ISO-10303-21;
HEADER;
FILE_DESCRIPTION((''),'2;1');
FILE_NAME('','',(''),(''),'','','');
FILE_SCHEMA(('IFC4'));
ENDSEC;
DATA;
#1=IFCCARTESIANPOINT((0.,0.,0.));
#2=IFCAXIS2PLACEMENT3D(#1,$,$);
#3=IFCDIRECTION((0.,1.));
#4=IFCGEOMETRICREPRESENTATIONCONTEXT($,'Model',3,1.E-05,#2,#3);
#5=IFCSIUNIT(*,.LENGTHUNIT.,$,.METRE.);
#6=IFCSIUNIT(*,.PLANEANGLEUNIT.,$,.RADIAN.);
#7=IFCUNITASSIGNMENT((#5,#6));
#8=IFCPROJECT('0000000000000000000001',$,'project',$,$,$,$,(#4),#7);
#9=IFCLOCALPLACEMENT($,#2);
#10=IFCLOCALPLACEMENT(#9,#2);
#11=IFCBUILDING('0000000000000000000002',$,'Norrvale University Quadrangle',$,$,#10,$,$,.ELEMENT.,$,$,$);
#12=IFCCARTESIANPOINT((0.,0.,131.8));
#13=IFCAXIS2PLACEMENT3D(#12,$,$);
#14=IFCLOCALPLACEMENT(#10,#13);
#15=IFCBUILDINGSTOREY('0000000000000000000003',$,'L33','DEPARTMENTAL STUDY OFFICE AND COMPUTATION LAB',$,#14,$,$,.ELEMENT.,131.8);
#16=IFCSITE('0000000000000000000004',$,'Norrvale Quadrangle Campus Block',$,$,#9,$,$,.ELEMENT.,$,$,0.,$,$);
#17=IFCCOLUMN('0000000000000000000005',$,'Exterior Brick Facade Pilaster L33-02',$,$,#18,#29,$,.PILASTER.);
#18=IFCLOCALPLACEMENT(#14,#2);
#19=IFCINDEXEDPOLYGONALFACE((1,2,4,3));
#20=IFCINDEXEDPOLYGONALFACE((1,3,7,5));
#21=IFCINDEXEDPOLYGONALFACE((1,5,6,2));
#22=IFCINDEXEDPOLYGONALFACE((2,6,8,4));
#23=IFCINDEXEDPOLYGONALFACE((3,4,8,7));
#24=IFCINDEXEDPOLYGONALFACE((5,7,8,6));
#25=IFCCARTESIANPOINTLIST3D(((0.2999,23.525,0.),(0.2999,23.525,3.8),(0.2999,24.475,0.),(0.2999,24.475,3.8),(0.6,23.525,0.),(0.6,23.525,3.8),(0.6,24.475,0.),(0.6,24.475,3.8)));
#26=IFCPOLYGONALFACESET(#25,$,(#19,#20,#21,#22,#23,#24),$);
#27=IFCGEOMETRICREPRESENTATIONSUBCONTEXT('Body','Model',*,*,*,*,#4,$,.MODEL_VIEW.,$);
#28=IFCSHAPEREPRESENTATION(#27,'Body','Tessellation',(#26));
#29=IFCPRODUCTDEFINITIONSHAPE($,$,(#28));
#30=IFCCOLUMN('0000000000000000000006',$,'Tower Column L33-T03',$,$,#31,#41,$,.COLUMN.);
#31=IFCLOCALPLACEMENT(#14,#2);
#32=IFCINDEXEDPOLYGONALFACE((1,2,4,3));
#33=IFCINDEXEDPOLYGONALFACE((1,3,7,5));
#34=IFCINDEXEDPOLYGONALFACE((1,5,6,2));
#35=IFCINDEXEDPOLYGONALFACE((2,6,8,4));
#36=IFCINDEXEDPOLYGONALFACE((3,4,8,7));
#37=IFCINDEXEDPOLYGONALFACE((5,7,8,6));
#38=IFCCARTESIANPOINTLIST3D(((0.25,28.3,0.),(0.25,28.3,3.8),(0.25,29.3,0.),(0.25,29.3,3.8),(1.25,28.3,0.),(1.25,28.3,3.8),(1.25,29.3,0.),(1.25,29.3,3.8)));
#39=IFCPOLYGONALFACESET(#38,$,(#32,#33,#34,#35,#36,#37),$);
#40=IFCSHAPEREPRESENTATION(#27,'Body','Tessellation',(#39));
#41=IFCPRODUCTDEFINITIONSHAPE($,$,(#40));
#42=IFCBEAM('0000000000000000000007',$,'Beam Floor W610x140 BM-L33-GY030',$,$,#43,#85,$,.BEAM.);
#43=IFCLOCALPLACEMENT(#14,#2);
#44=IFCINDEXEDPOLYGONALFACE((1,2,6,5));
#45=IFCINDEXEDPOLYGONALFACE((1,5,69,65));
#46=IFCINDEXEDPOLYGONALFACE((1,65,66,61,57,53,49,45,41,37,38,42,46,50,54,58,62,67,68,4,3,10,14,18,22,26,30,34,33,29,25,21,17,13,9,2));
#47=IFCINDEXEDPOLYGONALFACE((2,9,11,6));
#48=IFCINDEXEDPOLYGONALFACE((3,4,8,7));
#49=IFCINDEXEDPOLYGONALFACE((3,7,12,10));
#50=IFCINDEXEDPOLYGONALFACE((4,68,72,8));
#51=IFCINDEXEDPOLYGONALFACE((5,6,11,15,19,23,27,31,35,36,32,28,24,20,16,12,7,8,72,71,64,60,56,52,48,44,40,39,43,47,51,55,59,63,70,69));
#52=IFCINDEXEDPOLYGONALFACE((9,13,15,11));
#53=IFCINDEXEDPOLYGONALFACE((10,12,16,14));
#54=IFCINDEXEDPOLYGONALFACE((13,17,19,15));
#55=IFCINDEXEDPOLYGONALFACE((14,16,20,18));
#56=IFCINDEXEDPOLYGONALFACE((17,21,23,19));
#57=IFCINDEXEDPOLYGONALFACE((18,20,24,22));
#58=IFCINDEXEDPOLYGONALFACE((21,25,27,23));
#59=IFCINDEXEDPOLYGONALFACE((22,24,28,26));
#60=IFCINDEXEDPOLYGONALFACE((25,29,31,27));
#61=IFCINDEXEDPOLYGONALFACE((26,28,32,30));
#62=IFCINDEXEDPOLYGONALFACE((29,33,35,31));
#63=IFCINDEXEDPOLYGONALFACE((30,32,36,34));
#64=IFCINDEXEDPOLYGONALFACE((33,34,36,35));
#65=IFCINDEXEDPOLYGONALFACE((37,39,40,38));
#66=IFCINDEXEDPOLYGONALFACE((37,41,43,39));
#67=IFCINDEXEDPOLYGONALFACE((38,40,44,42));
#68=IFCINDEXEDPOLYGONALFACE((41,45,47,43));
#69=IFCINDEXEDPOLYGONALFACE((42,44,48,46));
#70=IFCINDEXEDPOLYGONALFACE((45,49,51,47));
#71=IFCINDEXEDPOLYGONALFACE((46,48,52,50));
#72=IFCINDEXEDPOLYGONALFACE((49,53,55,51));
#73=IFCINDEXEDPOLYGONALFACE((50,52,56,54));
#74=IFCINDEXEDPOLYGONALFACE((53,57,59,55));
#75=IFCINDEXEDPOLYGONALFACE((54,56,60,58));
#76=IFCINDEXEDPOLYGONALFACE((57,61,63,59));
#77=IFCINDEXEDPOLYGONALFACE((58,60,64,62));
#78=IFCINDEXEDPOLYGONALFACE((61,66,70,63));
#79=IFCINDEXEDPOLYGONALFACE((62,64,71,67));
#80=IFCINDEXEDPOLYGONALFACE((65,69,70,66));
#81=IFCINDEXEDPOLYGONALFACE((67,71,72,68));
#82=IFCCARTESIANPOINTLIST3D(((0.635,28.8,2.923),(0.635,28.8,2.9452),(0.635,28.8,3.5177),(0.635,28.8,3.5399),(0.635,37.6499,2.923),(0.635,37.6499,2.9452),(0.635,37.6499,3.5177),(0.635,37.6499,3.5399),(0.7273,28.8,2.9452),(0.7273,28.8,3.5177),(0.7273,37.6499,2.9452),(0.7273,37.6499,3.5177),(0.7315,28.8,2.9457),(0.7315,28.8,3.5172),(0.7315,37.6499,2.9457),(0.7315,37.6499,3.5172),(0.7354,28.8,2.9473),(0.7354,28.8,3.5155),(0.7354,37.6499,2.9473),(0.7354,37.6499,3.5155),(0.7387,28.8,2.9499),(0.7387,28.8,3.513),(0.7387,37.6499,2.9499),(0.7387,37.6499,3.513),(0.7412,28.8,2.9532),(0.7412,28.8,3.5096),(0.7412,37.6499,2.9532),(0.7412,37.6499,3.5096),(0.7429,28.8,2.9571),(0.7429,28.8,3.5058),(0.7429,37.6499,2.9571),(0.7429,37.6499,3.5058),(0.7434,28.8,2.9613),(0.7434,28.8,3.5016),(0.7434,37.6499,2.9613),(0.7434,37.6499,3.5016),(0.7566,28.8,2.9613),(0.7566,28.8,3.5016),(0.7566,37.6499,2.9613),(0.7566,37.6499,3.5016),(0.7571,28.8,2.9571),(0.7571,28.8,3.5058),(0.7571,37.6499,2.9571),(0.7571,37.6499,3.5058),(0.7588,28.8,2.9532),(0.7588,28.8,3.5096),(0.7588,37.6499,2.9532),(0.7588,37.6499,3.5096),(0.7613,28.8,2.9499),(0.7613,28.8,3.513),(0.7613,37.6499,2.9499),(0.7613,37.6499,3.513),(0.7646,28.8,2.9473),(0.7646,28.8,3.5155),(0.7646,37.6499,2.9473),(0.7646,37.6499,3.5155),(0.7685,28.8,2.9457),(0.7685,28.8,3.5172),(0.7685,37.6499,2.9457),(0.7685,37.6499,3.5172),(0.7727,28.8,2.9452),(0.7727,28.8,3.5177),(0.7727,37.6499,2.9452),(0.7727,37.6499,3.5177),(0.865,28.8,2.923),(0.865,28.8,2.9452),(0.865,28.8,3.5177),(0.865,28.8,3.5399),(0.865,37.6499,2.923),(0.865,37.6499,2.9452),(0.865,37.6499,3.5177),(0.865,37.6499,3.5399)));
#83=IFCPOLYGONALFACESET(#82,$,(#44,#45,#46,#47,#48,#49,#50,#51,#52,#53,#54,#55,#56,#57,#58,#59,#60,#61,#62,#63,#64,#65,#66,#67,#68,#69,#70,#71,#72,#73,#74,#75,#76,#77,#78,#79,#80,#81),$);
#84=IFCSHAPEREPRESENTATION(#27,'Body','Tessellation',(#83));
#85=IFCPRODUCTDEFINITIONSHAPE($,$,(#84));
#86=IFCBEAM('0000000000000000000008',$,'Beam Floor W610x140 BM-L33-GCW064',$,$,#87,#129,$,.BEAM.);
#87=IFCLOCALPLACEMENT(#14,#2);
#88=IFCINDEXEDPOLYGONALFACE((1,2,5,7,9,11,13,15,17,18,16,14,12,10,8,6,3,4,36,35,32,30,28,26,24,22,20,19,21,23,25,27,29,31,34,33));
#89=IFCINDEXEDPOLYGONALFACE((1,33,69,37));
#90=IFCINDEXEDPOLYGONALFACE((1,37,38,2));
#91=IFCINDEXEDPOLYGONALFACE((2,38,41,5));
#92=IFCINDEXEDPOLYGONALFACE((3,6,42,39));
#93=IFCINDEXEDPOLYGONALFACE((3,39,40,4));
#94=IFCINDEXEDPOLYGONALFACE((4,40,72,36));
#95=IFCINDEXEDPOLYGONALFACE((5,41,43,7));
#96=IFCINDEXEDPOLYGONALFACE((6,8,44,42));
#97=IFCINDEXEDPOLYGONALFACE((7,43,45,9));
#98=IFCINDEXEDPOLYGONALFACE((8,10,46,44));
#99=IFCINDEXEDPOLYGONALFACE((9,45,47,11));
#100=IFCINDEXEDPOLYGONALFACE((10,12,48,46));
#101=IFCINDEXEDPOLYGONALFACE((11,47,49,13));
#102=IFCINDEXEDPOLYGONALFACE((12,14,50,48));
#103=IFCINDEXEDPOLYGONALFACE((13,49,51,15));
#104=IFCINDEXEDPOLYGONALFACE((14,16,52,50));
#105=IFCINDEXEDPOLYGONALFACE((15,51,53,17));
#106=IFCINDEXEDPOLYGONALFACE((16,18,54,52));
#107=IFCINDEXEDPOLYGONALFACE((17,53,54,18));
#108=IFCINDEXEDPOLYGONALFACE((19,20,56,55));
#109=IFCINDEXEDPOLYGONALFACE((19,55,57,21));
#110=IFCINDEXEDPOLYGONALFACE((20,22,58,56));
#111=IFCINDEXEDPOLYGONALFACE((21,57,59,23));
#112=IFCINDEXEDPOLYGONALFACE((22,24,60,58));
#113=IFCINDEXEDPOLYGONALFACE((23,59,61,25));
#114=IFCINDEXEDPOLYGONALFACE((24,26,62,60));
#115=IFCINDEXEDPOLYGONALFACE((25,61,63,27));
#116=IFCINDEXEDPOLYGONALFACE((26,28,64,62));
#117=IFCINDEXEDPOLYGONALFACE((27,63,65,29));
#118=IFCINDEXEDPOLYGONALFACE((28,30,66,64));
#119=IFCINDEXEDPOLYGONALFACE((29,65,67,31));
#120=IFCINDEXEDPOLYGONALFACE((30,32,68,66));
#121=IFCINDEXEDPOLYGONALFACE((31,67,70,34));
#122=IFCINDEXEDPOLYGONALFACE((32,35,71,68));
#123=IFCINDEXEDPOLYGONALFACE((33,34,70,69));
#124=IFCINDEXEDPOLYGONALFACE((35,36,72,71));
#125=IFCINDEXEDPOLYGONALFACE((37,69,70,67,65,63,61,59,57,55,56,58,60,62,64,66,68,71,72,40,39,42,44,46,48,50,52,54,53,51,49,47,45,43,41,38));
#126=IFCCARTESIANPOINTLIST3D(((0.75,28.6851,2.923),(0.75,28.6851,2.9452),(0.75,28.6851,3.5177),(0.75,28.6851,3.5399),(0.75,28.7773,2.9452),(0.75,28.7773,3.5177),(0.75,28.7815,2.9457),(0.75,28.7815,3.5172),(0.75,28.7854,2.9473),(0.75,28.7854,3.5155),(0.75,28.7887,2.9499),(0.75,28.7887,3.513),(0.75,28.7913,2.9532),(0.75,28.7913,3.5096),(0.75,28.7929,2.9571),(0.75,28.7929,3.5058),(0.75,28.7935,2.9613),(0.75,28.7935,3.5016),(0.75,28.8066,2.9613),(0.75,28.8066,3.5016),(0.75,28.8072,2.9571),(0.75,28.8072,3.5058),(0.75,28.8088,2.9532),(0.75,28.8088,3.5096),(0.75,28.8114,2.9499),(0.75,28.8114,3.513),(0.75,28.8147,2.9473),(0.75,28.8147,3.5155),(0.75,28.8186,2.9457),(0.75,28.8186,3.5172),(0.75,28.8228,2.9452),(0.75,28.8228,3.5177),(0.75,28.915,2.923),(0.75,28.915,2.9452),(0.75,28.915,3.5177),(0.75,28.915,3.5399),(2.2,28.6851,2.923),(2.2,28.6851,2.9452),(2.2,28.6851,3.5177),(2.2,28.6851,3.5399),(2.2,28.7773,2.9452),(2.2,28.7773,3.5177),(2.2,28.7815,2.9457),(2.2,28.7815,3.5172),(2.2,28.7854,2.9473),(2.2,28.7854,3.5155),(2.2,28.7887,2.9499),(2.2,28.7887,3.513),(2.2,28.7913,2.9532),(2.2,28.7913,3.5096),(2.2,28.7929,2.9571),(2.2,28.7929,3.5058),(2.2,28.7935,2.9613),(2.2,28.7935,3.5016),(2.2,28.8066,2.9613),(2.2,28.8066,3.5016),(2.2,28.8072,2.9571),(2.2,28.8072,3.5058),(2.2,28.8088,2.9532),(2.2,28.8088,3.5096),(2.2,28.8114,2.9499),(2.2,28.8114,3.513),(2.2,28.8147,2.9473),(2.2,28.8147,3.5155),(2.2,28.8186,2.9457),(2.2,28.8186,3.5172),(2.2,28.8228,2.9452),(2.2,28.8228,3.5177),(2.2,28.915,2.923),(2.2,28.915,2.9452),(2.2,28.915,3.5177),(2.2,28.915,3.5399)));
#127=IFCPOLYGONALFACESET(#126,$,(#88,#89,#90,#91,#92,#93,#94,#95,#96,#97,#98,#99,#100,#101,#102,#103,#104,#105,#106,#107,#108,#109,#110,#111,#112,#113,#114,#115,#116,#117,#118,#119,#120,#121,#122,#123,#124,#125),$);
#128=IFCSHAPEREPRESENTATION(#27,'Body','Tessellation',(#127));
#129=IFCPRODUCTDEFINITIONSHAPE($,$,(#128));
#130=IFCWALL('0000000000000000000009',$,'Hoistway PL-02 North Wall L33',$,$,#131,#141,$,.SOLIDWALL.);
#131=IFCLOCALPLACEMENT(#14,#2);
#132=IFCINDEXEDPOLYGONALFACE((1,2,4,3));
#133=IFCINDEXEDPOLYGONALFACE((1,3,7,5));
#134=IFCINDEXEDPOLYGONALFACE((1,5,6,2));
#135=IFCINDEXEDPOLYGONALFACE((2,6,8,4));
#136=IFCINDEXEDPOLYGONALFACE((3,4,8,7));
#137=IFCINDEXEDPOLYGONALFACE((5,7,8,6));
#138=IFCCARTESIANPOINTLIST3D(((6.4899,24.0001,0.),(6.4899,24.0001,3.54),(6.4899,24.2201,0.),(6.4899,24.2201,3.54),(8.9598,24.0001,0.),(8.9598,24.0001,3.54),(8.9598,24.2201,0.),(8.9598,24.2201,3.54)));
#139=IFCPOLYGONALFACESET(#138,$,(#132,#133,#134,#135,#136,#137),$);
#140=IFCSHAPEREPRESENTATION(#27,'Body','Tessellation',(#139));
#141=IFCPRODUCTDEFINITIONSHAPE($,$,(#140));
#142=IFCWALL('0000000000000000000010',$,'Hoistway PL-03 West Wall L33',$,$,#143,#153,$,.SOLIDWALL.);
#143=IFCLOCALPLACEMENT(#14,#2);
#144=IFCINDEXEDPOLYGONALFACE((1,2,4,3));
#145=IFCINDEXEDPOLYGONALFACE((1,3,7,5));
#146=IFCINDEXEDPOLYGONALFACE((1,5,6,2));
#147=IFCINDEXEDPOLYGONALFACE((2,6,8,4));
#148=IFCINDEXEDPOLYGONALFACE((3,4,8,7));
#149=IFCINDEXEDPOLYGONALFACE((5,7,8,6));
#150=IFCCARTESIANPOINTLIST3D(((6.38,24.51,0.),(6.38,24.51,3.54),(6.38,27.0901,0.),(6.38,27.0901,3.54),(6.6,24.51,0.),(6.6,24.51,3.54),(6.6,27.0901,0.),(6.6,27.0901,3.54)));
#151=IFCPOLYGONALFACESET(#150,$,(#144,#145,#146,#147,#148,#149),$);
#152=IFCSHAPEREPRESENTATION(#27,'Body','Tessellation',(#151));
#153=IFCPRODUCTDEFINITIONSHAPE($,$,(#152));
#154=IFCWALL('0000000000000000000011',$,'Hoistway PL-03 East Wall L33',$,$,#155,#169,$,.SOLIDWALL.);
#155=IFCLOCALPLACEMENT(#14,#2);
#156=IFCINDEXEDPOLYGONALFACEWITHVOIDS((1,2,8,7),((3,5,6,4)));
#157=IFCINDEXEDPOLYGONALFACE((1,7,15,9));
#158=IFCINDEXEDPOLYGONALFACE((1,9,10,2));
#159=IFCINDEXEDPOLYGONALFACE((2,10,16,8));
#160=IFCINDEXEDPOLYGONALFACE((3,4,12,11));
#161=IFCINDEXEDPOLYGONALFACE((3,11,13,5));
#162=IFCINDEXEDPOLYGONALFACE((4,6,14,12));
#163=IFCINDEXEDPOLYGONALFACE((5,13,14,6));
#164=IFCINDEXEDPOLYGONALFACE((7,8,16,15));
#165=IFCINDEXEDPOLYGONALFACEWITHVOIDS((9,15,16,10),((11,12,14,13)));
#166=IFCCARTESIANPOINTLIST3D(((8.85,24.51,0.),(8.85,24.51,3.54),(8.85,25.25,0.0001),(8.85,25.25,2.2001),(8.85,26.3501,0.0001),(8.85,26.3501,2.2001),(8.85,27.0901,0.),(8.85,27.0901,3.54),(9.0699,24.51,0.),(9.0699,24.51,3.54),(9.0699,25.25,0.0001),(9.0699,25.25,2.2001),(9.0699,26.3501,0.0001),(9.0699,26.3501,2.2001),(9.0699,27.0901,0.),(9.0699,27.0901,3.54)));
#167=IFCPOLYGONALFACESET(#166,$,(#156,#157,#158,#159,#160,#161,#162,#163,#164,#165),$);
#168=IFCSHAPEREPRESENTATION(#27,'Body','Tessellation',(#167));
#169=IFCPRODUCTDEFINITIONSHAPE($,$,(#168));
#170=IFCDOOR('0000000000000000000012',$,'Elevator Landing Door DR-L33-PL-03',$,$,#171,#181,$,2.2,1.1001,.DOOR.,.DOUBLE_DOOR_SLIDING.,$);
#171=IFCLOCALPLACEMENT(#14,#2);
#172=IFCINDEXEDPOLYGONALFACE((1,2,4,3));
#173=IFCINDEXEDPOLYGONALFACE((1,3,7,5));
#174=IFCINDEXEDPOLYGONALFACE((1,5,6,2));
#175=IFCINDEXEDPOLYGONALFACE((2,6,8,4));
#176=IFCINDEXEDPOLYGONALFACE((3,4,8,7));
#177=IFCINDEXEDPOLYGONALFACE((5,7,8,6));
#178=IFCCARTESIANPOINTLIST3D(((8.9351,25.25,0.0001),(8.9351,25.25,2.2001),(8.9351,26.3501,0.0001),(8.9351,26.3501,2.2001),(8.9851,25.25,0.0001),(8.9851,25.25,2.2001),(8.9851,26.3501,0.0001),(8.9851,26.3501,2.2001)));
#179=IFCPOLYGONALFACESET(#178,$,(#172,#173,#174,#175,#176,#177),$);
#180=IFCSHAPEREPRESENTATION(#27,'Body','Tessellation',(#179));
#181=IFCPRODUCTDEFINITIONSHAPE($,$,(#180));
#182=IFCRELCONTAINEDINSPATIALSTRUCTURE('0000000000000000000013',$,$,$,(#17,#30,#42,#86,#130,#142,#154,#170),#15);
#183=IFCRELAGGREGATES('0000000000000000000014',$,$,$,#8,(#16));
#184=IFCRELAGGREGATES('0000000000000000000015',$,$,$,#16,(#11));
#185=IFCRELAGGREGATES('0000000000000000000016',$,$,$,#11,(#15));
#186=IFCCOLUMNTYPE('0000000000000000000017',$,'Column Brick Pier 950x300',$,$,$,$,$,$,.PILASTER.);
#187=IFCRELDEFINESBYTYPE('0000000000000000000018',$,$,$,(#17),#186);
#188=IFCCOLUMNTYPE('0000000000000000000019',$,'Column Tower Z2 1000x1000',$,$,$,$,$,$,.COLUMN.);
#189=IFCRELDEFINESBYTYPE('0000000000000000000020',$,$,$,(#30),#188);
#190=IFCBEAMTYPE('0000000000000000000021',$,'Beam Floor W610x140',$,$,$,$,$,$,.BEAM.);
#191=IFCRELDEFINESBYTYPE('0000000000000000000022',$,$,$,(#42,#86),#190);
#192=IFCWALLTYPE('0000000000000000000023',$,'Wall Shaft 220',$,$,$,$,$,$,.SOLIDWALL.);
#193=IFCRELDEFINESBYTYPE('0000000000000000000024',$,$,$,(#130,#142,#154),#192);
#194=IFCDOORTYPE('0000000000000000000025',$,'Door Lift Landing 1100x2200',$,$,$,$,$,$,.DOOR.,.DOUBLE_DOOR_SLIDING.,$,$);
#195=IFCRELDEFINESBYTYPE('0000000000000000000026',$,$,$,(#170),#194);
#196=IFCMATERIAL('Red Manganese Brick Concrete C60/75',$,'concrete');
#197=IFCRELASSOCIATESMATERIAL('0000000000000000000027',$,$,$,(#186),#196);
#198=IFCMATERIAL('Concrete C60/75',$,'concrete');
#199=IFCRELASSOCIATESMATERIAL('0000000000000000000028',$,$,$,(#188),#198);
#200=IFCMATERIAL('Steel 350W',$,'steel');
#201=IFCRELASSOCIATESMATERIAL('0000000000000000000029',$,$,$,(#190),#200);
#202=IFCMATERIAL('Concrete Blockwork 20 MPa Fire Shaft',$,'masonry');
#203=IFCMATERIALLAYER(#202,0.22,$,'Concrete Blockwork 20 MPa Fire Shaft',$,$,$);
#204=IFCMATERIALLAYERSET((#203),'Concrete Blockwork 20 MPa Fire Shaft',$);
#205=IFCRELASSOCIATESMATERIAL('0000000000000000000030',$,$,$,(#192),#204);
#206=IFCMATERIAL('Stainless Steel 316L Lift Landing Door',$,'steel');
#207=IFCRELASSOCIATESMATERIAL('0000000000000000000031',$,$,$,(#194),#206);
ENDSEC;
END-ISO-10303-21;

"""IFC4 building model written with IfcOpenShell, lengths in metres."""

from ifc_helpers import new_model, si_unit, direction, frame, frame_2d, origin, origin_2d, place, context, subcontext, project, spatial, rectangle, i_section, extrude, material, layer, layer_set, material_profile, profile_set, type_object, element, fill, save


model = new_model("IFC4")

# Units and contexts
model_context = context("Model", 3, precision=1e-05, world=origin(), true_north=direction((0.0, 1.0)))
body_context = subcontext(model_context, "Body", "Model", "MODEL_VIEW")
ifc_project = project(units=[si_unit("LENGTHUNIT", "METRE"), si_unit("PLANEANGLEUNIT", "RADIAN")], contexts=[model_context])

# Site, building, storey
site_placement = place(None, origin())
site = spatial("IfcSite", under=ifc_project, at=site_placement, Name="Norrvale Quadrangle Campus Block", CompositionType="ELEMENT", RefElevation=0.0)
building_placement = place(site_placement, origin())
building = spatial("IfcBuilding", under=site, at=building_placement, Name="Norrvale University Quadrangle", CompositionType="ELEMENT")
storey_placement = place(building_placement, frame((0.0, 0.0, 131.8)))
storey = spatial("IfcBuildingStorey", under=building, at=storey_placement, Name="L33", Description="DEPARTMENTAL STUDY OFFICE AND COMPUTATION LAB", CompositionType="ELEMENT", Elevation=131.8)

# Columns
ifc_material_1 = material(Name="Red Manganese Brick Concrete C60/75", Category="concrete")
ifc_material_profile_1 = material_profile(ifc_material_1, rectangle(XDim=0.95, YDim=0.3, at=origin_2d()), Name="Red Manganese Brick Concrete C60/75")
ifc_profile_set_1 = profile_set([ifc_material_profile_1], Name="Red Manganese Brick Concrete C60/75")
column_type_1 = type_object("IfcColumnType", Name="Column Brick Pier 950x300", PredefinedType="PILASTER", material=ifc_profile_set_1)
column_1_placement = place(storey_placement, frame((0.45, 24.0, 0.0), z_axis=(0.0, 0.0, 1.0), x_axis=(0.0, 1.0, 0.0)))
element("IfcColumn", 1, at=column_1_placement, inside=storey, type_object=column_type_1, Name="Exterior Brick Facade Pilaster L33-02", PredefinedType="PILASTER", context=body_context, shape_type="SweptSolid", body=[
    extrude(rectangle(XDim=0.95, YDim=0.3, at=origin_2d()), origin(), (0.0, 0.0, 1.0), 3.8),
])
ifc_material_2 = material(Name="Concrete C60/75", Category="concrete")
ifc_material_profile_2 = material_profile(ifc_material_2, rectangle(XDim=1.0, YDim=1.0, at=origin_2d()), Name="Concrete C60/75")
ifc_profile_set_2 = profile_set([ifc_material_profile_2], Name="Concrete C60/75")
column_type_2 = type_object("IfcColumnType", Name="Column Tower Z2 1000x1000", PredefinedType="COLUMN", material=ifc_profile_set_2)
column_2_placement = place(storey_placement, frame((0.75, 28.8, 0.0), z_axis=(0.0, 0.0, 1.0), x_axis=(1.0, 0.0, 0.0)))
element("IfcColumn", 2, at=column_2_placement, inside=storey, type_object=column_type_2, Name="Tower Column L33-T03", PredefinedType="COLUMN", context=body_context, shape_type="SweptSolid", body=[
    extrude(rectangle(XDim=1.0, YDim=1.0, at=origin_2d()), origin(), (0.0, 0.0, 1.0), 3.8),
])

# Beams
ifc_material_3 = material(Name="Steel 350W", Category="steel")
ifc_material_profile_3 = material_profile(ifc_material_3, i_section(OverallWidth=0.23, OverallDepth=0.6169, WebThickness=0.0132, FlangeThickness=0.0222, FilletRadius=0.0161, at=origin_2d()), Name="Steel 350W")
ifc_profile_set_3 = profile_set([ifc_material_profile_3], Name="Steel 350W")
beam_type = type_object("IfcBeamType", Name="Beam Floor W610x140", PredefinedType="BEAM", material=ifc_profile_set_3)
beam_1_placement = place(storey_placement, frame((0.75, 28.8, 3.2314), z_axis=(0.0, 1.0, 0.0), x_axis=(-1.0, 0.0, 0.0)))
element("IfcBeam", 3, at=beam_1_placement, inside=storey, type_object=beam_type, Name="Beam Floor W610x140 BM-L33-GY030", PredefinedType="BEAM", context=body_context, shape_type="SweptSolid", body=[
    extrude(i_section(OverallWidth=0.23, OverallDepth=0.6169, WebThickness=0.0132, FlangeThickness=0.0222, FilletRadius=0.0161, at=origin_2d()), origin(), (0.0, 0.0, 1.0), 8.8499),
])
beam_2_placement = place(storey_placement, frame((0.75, 28.8, 3.2314), z_axis=(1.0, 0.0, 0.0), x_axis=(0.0, 1.0, 0.0)))
element("IfcBeam", 4, at=beam_2_placement, inside=storey, type_object=beam_type, Name="Beam Floor W610x140 BM-L33-GCW064", PredefinedType="BEAM", context=body_context, shape_type="SweptSolid", body=[
    extrude(i_section(OverallWidth=0.23, OverallDepth=0.6169, WebThickness=0.0132, FlangeThickness=0.0222, FilletRadius=0.0161, at=origin_2d()), origin(), (0.0, 0.0, 1.0), 1.45),
])

# Walls
ifc_material_4 = material(Name="Concrete Blockwork 20 MPa Fire Shaft", Category="masonry")
ifc_layer = layer(ifc_material_4, 0.22, Name="Concrete Blockwork 20 MPa Fire Shaft")
ifc_layer_set = layer_set([ifc_layer], Name="Concrete Blockwork 20 MPa Fire Shaft")
wall_type = type_object("IfcWallType", Name="Wall Shaft 220", PredefinedType="SOLIDWALL", material=ifc_layer_set)
wall_1_placement = place(storey_placement, frame((6.49, 24.1101, 0.0), z_axis=(0.0, 0.0, 1.0), x_axis=(1.0, 0.0, 0.0)))
element("IfcWall", 5, at=wall_1_placement, inside=storey, type_object=wall_type, Name="Hoistway PL-02 North Wall L33", PredefinedType="SOLIDWALL", context=body_context, shape_type="SweptSolid", body=[
    extrude(rectangle(XDim=2.47, YDim=0.22, at=frame_2d((1.2349, 0.0))), origin(), (0.0, 0.0, 1.0), 3.54),
])
wall_2_placement = place(storey_placement, frame((6.49, 24.51, 0.0), z_axis=(0.0, 0.0, 1.0), x_axis=(0.0, 1.0, 0.0)))
element("IfcWall", 6, at=wall_2_placement, inside=storey, type_object=wall_type, Name="Hoistway PL-03 West Wall L33", PredefinedType="SOLIDWALL", context=body_context, shape_type="SweptSolid", body=[
    extrude(rectangle(XDim=2.5801, YDim=0.22, at=frame_2d((1.29, 0.0))), origin(), (0.0, 0.0, 1.0), 3.54),
])

# Wall, opening, door
wall_3_placement = place(storey_placement, frame((8.96, 24.51, 0.0), z_axis=(0.0, 0.0, 1.0), x_axis=(0.0, 1.0, 0.0)))
wall_3 = element("IfcWall", 7, at=wall_3_placement, inside=storey, type_object=wall_type, Name="Hoistway PL-03 East Wall L33", PredefinedType="SOLIDWALL", context=body_context, shape_type="SweptSolid", body=[
    extrude(rectangle(XDim=2.5801, YDim=0.22, at=frame_2d((1.29, 0.0))), origin(), (0.0, 0.0, 1.0), 3.54),
])
opening_1_placement = place(wall_3_placement, frame((0.74, 0.0, 0.0)))
opening_1 = element("IfcOpeningElement", 8, at=opening_1_placement, cuts=wall_3, PredefinedType="OPENING", context=body_context, shape_type="SweptSolid", body=[
    extrude(rectangle(XDim=1.1001, YDim=2.2, at=frame_2d((0.55, 1.1001))), frame((0.0, 0.1221, 0.0), z_axis=(0.0, -1.0, 0.0), x_axis=(1.0, 0.0, 0.0)), (0.0, 0.0, 1.0), 0.2439),
])
ifc_material_5 = material(Name="Stainless Steel 316L Lift Landing Door", Category="steel")
door_type = type_object("IfcDoorType", Name="Door Lift Landing 1100x2200", OperationType="DOUBLE_DOOR_SLIDING", PredefinedType="DOOR", material=ifc_material_5)
door_1_placement = place(opening_1_placement, origin())
door_1 = element("IfcDoor", 9, at=door_1_placement, inside=storey, type_object=door_type, Name="Elevator Landing Door DR-L33-PL-03", OperationType="DOUBLE_DOOR_SLIDING", OverallHeight=2.2, OverallWidth=1.1001, PredefinedType="DOOR", context=body_context, shape_type="SweptSolid", body=[
    extrude(rectangle(XDim=1.1001, YDim=2.2, at=frame_2d((0.55, 1.1001))), frame((0.0, 0.0249, 0.0), z_axis=(0.0, -1.0, 0.0), x_axis=(1.0, 0.0, 0.0)), (0.0, 0.0, 1.0), 0.05),
])
fill(opening_1, door_1)

save(model, "model.ifc")
